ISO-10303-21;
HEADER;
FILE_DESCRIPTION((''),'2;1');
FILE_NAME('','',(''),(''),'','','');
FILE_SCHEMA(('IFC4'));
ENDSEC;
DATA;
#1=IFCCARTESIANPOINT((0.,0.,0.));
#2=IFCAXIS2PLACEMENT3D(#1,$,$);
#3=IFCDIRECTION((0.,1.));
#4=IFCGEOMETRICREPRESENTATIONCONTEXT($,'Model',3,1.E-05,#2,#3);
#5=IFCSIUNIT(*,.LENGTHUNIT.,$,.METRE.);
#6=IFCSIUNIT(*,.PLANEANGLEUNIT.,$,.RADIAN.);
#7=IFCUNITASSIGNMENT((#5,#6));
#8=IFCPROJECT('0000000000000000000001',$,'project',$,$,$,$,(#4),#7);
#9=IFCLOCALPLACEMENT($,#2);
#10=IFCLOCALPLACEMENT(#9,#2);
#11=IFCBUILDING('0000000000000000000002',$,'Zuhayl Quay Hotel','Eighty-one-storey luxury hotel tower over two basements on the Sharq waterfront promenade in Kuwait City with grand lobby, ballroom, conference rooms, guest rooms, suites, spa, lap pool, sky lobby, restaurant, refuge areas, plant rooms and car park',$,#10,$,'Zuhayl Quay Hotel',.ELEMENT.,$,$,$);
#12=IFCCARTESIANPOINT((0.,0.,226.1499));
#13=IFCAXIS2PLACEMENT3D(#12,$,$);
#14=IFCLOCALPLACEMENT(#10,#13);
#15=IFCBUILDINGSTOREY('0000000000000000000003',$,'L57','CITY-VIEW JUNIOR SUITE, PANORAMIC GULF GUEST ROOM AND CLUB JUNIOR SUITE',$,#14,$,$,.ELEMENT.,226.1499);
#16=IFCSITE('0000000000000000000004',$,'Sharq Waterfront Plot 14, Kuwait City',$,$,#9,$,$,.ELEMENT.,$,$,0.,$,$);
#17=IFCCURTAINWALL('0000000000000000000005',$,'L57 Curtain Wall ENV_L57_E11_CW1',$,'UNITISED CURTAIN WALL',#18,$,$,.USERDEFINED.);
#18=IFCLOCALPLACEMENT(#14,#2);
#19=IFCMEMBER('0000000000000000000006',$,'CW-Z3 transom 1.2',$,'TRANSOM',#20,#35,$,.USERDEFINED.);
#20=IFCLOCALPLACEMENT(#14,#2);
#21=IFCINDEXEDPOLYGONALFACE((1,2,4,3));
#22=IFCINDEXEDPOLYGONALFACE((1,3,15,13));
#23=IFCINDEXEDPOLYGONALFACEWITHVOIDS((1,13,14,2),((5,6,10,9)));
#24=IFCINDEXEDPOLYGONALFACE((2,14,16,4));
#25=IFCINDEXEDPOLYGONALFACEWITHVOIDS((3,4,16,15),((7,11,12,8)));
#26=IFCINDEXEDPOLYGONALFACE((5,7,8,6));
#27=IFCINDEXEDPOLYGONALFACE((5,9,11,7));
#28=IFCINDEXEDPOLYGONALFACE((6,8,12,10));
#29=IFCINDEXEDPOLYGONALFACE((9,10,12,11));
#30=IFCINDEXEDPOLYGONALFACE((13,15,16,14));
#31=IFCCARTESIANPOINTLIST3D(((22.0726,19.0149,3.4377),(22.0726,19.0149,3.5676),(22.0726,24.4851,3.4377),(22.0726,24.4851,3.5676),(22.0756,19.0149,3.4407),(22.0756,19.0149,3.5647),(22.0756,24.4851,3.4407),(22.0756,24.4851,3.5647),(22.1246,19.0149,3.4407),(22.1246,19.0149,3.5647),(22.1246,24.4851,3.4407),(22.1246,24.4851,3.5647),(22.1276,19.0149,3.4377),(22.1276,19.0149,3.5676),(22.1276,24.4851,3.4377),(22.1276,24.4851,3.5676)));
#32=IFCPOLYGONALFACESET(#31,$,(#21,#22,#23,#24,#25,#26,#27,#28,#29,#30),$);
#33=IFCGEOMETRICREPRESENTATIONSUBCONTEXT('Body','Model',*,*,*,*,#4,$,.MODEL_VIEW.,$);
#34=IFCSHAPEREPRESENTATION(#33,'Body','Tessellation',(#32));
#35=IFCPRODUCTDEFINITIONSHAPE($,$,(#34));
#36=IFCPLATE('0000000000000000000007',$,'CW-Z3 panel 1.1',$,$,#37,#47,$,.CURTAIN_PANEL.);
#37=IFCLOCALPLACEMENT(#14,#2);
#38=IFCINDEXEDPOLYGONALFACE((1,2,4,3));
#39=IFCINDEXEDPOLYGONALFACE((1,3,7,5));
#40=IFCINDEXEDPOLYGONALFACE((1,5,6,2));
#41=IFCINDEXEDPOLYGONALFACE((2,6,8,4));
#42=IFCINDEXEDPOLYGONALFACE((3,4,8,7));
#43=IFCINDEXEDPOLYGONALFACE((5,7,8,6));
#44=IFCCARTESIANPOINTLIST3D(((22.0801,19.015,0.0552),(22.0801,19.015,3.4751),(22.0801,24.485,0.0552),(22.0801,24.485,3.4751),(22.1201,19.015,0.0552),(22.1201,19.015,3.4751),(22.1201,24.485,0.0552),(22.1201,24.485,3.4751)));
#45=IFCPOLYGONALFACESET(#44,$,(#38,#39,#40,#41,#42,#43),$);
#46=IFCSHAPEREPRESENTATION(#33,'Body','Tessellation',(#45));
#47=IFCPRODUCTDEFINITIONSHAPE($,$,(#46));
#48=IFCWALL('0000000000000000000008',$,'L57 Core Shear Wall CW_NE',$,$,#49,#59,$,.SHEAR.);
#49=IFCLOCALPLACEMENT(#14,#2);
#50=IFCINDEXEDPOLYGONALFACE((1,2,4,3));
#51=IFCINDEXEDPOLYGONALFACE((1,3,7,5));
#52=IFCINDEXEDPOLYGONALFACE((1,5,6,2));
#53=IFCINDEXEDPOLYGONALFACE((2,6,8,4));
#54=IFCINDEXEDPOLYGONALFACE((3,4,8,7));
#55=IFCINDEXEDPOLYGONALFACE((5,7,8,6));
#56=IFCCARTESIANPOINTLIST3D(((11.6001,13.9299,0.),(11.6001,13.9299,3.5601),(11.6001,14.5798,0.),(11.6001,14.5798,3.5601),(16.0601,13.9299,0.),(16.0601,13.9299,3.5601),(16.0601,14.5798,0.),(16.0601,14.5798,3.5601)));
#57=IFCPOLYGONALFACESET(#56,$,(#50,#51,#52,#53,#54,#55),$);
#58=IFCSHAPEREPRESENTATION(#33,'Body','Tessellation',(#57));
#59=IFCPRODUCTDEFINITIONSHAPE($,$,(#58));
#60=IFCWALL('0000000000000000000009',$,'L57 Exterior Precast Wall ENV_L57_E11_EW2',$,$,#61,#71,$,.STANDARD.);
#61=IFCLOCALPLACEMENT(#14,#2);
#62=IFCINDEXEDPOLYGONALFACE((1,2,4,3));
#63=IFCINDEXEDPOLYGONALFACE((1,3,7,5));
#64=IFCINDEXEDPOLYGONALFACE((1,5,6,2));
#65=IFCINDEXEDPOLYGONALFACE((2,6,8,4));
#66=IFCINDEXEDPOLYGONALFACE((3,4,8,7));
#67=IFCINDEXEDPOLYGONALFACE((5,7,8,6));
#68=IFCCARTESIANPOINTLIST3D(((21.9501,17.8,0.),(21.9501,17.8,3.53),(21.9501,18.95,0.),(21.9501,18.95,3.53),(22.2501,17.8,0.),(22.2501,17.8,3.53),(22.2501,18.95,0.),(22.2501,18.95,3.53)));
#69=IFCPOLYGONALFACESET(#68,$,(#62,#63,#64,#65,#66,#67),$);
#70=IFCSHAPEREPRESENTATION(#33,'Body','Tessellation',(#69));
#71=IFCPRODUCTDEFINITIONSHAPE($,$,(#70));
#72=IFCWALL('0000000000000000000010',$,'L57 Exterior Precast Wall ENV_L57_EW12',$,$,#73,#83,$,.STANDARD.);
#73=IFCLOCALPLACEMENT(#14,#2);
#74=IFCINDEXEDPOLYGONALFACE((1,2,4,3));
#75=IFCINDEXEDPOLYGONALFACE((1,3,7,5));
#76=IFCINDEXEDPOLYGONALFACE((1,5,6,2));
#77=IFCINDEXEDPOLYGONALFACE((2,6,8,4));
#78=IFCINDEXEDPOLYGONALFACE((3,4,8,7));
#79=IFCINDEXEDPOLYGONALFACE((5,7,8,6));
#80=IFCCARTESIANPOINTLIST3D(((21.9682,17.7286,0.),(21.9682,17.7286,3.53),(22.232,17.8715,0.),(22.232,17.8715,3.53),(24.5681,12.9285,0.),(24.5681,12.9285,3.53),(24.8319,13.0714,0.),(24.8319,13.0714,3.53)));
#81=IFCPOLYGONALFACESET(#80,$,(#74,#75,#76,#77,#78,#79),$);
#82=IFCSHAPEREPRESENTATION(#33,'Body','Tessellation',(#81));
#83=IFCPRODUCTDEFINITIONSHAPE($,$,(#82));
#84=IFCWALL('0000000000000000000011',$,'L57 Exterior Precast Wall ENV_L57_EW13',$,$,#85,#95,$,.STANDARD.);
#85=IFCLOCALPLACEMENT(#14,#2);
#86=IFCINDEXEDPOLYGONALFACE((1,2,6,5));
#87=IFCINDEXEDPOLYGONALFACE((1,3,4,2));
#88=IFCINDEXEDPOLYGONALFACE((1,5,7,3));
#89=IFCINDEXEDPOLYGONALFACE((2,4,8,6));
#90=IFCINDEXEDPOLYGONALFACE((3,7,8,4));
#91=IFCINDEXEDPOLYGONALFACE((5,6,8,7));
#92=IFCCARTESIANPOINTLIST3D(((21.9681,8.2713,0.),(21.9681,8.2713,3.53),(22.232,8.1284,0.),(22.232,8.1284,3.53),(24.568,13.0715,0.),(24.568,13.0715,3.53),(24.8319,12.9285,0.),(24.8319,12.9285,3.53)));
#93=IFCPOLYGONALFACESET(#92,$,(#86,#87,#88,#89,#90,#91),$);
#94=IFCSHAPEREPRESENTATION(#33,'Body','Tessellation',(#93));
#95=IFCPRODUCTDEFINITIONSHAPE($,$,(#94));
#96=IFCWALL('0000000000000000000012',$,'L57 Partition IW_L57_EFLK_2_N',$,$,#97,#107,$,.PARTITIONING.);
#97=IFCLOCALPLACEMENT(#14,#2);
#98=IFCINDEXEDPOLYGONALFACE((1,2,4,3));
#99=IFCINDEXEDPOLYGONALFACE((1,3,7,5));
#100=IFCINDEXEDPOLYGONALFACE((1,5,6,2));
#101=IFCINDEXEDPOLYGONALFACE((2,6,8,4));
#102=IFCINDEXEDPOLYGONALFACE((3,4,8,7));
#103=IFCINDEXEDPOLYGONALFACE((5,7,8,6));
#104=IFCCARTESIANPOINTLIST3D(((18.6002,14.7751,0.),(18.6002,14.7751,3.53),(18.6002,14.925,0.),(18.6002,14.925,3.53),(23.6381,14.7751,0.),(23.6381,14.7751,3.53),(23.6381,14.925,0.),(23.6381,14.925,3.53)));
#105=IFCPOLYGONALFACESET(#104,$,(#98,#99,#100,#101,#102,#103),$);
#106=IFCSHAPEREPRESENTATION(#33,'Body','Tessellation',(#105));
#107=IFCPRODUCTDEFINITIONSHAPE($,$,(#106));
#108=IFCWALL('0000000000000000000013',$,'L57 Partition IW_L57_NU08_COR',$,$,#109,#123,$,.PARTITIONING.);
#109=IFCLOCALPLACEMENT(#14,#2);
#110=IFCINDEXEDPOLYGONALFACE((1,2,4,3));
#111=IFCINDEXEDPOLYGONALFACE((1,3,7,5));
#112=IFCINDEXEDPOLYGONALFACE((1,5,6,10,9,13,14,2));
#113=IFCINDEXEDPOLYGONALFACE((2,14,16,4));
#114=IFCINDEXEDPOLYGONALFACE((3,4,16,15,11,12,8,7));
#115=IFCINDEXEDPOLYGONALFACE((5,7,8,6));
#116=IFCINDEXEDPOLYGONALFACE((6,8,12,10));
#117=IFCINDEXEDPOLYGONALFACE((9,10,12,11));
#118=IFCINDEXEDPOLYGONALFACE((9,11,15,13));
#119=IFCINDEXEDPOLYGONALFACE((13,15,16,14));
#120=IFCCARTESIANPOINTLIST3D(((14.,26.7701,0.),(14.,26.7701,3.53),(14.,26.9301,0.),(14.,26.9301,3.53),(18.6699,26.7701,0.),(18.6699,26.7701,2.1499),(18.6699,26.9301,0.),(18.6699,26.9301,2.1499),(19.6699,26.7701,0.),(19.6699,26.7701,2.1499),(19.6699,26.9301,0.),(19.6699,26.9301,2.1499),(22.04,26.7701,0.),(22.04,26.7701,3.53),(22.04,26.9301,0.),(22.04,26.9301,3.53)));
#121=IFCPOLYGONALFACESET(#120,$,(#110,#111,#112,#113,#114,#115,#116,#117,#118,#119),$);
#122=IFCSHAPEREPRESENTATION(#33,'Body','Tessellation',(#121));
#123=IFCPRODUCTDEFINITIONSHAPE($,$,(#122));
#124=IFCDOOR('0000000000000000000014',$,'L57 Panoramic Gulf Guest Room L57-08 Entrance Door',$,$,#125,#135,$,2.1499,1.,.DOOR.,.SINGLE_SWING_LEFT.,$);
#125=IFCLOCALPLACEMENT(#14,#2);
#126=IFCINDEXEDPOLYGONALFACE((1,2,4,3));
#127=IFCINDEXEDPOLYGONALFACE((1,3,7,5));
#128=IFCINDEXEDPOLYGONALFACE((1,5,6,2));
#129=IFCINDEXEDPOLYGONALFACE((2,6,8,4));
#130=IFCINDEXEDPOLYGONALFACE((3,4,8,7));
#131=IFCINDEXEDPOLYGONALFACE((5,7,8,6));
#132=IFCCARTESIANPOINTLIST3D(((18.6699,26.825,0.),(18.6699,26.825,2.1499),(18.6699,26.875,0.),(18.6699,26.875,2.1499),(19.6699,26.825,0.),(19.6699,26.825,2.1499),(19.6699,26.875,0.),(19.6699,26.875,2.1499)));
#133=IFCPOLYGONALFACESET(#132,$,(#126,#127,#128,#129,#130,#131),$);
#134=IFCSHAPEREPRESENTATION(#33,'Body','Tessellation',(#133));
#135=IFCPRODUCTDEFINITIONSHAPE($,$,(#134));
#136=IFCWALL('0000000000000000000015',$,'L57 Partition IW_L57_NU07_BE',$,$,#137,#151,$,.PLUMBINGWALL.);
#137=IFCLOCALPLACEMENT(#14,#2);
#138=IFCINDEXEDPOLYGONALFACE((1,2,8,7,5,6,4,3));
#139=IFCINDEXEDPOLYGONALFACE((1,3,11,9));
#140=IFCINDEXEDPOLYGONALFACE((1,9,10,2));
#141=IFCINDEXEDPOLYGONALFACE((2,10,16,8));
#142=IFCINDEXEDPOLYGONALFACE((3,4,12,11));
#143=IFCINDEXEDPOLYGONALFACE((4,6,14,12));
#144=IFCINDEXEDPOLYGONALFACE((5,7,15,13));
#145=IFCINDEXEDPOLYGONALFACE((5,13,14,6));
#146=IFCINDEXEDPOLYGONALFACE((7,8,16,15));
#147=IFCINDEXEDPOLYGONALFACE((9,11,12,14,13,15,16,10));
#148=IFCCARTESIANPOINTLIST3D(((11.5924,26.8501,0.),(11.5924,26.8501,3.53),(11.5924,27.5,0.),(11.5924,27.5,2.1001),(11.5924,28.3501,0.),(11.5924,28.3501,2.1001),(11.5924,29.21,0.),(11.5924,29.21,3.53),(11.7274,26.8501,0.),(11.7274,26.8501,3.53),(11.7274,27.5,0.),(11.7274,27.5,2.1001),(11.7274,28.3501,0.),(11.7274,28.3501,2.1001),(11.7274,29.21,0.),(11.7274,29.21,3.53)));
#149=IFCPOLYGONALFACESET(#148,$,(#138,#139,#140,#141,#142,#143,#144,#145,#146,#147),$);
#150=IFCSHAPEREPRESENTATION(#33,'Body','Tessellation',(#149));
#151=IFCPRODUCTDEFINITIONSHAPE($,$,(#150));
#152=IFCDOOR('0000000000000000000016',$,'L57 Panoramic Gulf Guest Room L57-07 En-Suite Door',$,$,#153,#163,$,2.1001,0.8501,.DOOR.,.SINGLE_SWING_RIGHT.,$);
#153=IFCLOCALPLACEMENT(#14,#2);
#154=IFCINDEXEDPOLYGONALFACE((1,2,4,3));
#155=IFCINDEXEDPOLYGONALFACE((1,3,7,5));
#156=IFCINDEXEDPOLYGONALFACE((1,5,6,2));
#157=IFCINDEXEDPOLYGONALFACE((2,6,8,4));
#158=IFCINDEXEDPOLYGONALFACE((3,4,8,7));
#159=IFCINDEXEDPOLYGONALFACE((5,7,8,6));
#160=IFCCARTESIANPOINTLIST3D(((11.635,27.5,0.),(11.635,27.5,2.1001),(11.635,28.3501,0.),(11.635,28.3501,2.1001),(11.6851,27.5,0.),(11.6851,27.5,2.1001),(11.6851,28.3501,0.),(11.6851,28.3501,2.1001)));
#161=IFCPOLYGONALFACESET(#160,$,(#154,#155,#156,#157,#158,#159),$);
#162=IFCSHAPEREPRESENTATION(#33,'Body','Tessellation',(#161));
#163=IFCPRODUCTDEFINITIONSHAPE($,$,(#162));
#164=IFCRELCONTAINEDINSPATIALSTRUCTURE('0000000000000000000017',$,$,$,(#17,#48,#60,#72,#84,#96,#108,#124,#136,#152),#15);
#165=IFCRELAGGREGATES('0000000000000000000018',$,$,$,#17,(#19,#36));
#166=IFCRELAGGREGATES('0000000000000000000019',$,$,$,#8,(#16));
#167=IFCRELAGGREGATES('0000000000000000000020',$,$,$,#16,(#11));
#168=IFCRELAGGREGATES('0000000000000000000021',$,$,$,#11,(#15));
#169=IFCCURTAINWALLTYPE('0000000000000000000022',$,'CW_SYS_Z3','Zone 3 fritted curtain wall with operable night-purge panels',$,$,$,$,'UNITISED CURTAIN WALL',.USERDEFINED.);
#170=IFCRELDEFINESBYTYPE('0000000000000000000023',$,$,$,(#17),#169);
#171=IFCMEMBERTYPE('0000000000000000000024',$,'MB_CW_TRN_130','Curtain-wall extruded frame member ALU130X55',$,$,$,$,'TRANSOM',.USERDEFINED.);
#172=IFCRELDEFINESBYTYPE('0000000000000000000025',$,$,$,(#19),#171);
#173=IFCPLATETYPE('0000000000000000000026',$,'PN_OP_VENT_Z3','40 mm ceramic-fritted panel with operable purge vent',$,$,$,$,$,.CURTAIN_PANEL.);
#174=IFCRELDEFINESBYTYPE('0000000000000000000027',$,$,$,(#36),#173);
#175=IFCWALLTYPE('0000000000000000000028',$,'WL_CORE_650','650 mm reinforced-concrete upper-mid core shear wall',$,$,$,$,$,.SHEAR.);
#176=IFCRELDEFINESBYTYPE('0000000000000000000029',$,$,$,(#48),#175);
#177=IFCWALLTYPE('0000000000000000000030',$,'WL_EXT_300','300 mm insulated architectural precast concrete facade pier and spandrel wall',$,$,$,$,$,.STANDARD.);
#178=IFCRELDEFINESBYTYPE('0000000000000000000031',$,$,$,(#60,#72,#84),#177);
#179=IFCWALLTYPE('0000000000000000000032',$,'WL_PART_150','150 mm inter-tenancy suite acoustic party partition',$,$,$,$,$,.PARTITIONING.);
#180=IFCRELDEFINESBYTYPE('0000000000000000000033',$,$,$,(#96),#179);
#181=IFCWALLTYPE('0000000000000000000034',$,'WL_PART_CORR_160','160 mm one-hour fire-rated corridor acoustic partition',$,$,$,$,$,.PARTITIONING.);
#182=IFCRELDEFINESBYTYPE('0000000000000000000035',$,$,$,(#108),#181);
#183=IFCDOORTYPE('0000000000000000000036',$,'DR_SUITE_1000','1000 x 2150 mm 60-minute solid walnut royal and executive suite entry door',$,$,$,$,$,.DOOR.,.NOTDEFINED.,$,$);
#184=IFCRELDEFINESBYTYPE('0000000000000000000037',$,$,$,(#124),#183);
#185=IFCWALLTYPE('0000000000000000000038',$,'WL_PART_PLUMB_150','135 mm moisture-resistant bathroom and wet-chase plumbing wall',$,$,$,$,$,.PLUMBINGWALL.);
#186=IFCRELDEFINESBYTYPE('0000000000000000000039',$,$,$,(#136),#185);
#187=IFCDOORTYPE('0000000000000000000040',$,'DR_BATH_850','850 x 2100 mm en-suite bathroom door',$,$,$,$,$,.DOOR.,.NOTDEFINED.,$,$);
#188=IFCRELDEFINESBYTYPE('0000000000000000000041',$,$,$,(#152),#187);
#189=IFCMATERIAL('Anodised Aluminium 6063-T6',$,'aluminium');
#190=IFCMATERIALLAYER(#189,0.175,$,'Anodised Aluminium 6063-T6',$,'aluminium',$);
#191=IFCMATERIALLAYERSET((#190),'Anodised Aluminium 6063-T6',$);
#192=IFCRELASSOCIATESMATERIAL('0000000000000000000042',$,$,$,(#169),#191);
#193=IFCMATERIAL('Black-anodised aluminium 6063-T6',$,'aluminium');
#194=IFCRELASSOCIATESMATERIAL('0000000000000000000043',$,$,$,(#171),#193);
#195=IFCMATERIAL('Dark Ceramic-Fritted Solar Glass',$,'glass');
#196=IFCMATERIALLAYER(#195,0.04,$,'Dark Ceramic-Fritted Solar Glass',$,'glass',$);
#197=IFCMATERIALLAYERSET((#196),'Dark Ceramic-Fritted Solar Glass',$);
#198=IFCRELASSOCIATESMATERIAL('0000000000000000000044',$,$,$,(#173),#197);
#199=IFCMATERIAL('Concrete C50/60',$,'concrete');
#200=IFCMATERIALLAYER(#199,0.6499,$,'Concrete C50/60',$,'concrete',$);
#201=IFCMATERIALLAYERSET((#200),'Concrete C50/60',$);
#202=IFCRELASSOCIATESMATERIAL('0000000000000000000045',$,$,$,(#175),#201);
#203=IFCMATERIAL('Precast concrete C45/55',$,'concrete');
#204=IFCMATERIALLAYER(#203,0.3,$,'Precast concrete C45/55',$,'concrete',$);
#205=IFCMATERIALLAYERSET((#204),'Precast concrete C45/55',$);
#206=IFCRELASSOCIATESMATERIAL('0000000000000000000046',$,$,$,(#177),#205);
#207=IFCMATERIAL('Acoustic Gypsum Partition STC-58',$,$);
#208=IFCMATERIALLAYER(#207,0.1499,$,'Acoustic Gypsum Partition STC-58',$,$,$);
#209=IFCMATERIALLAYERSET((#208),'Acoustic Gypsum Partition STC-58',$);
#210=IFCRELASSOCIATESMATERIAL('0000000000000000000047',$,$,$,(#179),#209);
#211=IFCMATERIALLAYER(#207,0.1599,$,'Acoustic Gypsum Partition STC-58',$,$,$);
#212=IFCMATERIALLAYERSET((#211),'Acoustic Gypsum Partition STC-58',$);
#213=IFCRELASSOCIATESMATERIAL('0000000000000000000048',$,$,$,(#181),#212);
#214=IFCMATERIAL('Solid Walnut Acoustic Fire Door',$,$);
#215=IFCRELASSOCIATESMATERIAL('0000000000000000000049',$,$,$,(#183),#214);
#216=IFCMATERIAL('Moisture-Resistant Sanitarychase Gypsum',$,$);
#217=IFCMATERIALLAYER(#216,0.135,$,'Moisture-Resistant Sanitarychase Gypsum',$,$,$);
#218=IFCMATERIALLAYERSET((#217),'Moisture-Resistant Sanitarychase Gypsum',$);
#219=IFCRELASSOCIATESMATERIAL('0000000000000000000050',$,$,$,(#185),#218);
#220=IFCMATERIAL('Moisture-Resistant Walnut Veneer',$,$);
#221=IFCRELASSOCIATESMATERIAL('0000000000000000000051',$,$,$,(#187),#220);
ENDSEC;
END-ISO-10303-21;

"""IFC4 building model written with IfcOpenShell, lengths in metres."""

from ifc_helpers import new_model, si_unit, direction, frame, frame_2d, origin, origin_2d, place, context, subcontext, project, spatial, rectangle, hollow_rectangle, extrude, material, layer, layer_set, material_profile, profile_set, type_object, element, fill, aggregate, save


model = new_model("IFC4")

# Units and contexts
model_context = context("Model", 3, precision=1e-05, world=origin(), true_north=direction((0.0, 1.0)))
body_context = subcontext(model_context, "Body", "Model", "MODEL_VIEW")
ifc_project = project(units=[si_unit("LENGTHUNIT", "METRE"), si_unit("PLANEANGLEUNIT", "RADIAN")], contexts=[model_context])

# Site, building, storey
site_placement = place(None, origin())
site = spatial("IfcSite", under=ifc_project, at=site_placement, Name="Sharq Waterfront Plot 14, Kuwait City", CompositionType="ELEMENT", RefElevation=0.0)
building_placement = place(site_placement, origin())
building = spatial("IfcBuilding", under=site, at=building_placement, Name="Zuhayl Quay Hotel", Description="Eighty-one-storey luxury hotel tower over two basements on the Sharq waterfront promenade in Kuwait City with grand lobby, ballroom, conference rooms, guest rooms, suites, spa, lap pool, sky lobby, restaurant, refuge areas, plant rooms and car park", LongName="Zuhayl Quay Hotel", CompositionType="ELEMENT")
storey_placement = place(building_placement, frame((0.0, 0.0, 226.1499)))
storey = spatial("IfcBuildingStorey", under=building, at=storey_placement, Name="L57", Description="CITY-VIEW JUNIOR SUITE, PANORAMIC GULF GUEST ROOM AND CLUB JUNIOR SUITE", CompositionType="ELEMENT", Elevation=226.1499)

# Curtain wall, member, plate
ifc_material_1 = material(Name="Anodised Aluminium 6063-T6", Category="aluminium")
ifc_layer_1 = layer(ifc_material_1, 0.175, Name="Anodised Aluminium 6063-T6", Category="aluminium")
ifc_layer_set_1 = layer_set([ifc_layer_1], Name="Anodised Aluminium 6063-T6")
curtain_wall_type = type_object("IfcCurtainWallType", Name="CW_SYS_Z3", Description="Zone 3 fritted curtain wall with operable night-purge panels", ElementType="UNITISED CURTAIN WALL", PredefinedType="USERDEFINED", material=ifc_layer_set_1)
curtain_wall_placement = place(storey_placement, origin())
curtain_wall = element("IfcCurtainWall", 1, at=curtain_wall_placement, inside=storey, type_object=curtain_wall_type, Name="L57 Curtain Wall ENV_L57_E11_CW1", ObjectType="UNITISED CURTAIN WALL", PredefinedType="USERDEFINED")
ifc_material_2 = material(Name="Black-anodised aluminium 6063-T6", Category="aluminium")
ifc_material_profile_1 = material_profile(ifc_material_2, hollow_rectangle(XDim=0.0549, YDim=0.1299, WallThickness=0.0029, at=origin_2d()), Name="ALU130X55")
ifc_profile_set_1 = profile_set([ifc_material_profile_1], Name="Black-anodised aluminium 6063-T6")
member_type_1 = type_object("IfcMemberType", Name="MB_CW_TRN_130", Description="Curtain-wall extruded frame member ALU130X55", ElementType="TRANSOM", PredefinedType="USERDEFINED", material=ifc_profile_set_1)
member_1_placement = place(storey_placement, frame((22.1001, 24.4851, 3.5027), z_axis=(0.0, -1.0, 0.0), x_axis=(1.0, 0.0, 0.0)))
member_1 = element("IfcMember", 2, at=member_1_placement, type_object=member_type_1, Name="CW-Z3 transom 1.2", ObjectType="TRANSOM", PredefinedType="USERDEFINED", context=body_context, shape_type="SweptSolid", body=[
    extrude(hollow_rectangle(XDim=0.0549, YDim=0.1299, WallThickness=0.0029, at=origin_2d()), origin(), (0.0, 0.0, 1.0), 5.4702),
])
ifc_material_3 = material(Name="Dark Ceramic-Fritted Solar Glass", Category="glass")
ifc_layer_2 = layer(ifc_material_3, 0.04, Name="Dark Ceramic-Fritted Solar Glass", Category="glass")
ifc_layer_set_2 = layer_set([ifc_layer_2], Name="Dark Ceramic-Fritted Solar Glass")
plate_type = type_object("IfcPlateType", Name="PN_OP_VENT_Z3", Description="40 mm ceramic-fritted panel with operable purge vent", PredefinedType="CURTAIN_PANEL", material=ifc_layer_set_2)
plate_placement = place(storey_placement, frame((22.1001, 21.75, 0.0552), z_axis=(0.0, 0.0, 1.0), x_axis=(0.0, -1.0, 0.0)))
plate = element("IfcPlate", 3, at=plate_placement, type_object=plate_type, Name="CW-Z3 panel 1.1", PredefinedType="CURTAIN_PANEL", context=body_context, shape_type="SweptSolid", body=[
    extrude(rectangle(XDim=5.47, YDim=0.04, at=origin_2d()), origin(), (0.0, 0.0, 1.0), 3.4199),
])
aggregate(curtain_wall, [member_1, plate])

# Walls
ifc_material_4 = material(Name="Concrete C50/60", Category="concrete")
ifc_layer_3 = layer(ifc_material_4, 0.6499, Name="Concrete C50/60", Category="concrete")
ifc_layer_set_3 = layer_set([ifc_layer_3], Name="Concrete C50/60")
wall_type_1 = type_object("IfcWallType", Name="WL_CORE_650", Description="650 mm reinforced-concrete upper-mid core shear wall", PredefinedType="SHEAR", material=ifc_layer_set_3)
wall_1_placement = place(storey_placement, frame((11.6001, 14.2549, 0.0), z_axis=(0.0, 0.0, 1.0), x_axis=(1.0, 0.0, 0.0)))
element("IfcWall", 4, at=wall_1_placement, inside=storey, type_object=wall_type_1, Name="L57 Core Shear Wall CW_NE", PredefinedType="SHEAR", context=body_context, shape_type="SweptSolid", body=[
    extrude(rectangle(XDim=4.46, YDim=0.6499, at=frame_2d((2.23, 0.0))), origin(), (0.0, 0.0, 1.0), 3.5601),
])
ifc_material_5 = material(Name="Precast concrete C45/55", Category="concrete")
ifc_layer_4 = layer(ifc_material_5, 0.3, Name="Precast concrete C45/55", Category="concrete")
ifc_layer_set_4 = layer_set([ifc_layer_4], Name="Precast concrete C45/55")
wall_type_2 = type_object("IfcWallType", Name="WL_EXT_300", Description="300 mm insulated architectural precast concrete facade pier and spandrel wall", PredefinedType="STANDARD", material=ifc_layer_set_4)
wall_2_placement = place(storey_placement, frame((22.1001, 18.95, 0.0), z_axis=(0.0, 0.0, 1.0), x_axis=(0.0, -1.0, 0.0)))
element("IfcWall", 5, at=wall_2_placement, inside=storey, type_object=wall_type_2, Name="L57 Exterior Precast Wall ENV_L57_E11_EW2", PredefinedType="STANDARD", context=body_context, shape_type="SweptSolid", body=[
    extrude(rectangle(XDim=1.1499, YDim=0.3, at=frame_2d((0.575, 0.0))), origin(), (0.0, 0.0, 1.0), 3.53),
])
for number, where, z_axis, x_axis, name in (
    (6, (22.1001, 17.8, 0.0), (0.0, 0.0, 1.0), (0.476259, -0.879305, 0.0), "L57 Exterior Precast Wall ENV_L57_EW12"),
    (7, (24.7, 13.0, 0.0), (0.0, 0.0, 1.0), (-0.476259, -0.879305, 0.0), "L57 Exterior Precast Wall ENV_L57_EW13"),
):
    element("IfcWall", number, at=place(storey_placement, frame(where, z_axis=z_axis, x_axis=x_axis)), inside=storey, type_object=wall_type_2, Name=name, PredefinedType="STANDARD", context=body_context, shape_type="SweptSolid", body=[
        extrude(rectangle(XDim=5.459, YDim=0.3, at=frame_2d((2.7295, 0.0))), origin(), (0.0, 0.0, 1.0), 3.53),
    ])
ifc_material_6 = material(Name="Acoustic Gypsum Partition STC-58")
ifc_layer_5 = layer(ifc_material_6, 0.1499, Name="Acoustic Gypsum Partition STC-58")
ifc_layer_set_5 = layer_set([ifc_layer_5], Name="Acoustic Gypsum Partition STC-58")
wall_type_3 = type_object("IfcWallType", Name="WL_PART_150", Description="150 mm inter-tenancy suite acoustic party partition", PredefinedType="PARTITIONING", material=ifc_layer_set_5)
wall_3_placement = place(storey_placement, frame((18.6001, 14.8501, 0.0), z_axis=(0.0, 0.0, 1.0), x_axis=(1.0, 0.0, 0.0)))
element("IfcWall", 8, at=wall_3_placement, inside=storey, type_object=wall_type_3, Name="L57 Partition IW_L57_EFLK_2_N", PredefinedType="PARTITIONING", context=body_context, shape_type="SweptSolid", body=[
    extrude(rectangle(XDim=5.0378, YDim=0.1499, at=frame_2d((2.519, 0.0))), origin(), (0.0, 0.0, 1.0), 3.53),
])

# Walls, openings, doors
ifc_layer_6 = layer(ifc_material_6, 0.1599, Name="Acoustic Gypsum Partition STC-58")
ifc_layer_set_6 = layer_set([ifc_layer_6], Name="Acoustic Gypsum Partition STC-58")
wall_type_4 = type_object("IfcWallType", Name="WL_PART_CORR_160", Description="160 mm one-hour fire-rated corridor acoustic partition", PredefinedType="PARTITIONING", material=ifc_layer_set_6)
wall_4_placement = place(storey_placement, frame((14.0, 26.8501, 0.0), z_axis=(0.0, 0.0, 1.0), x_axis=(1.0, 0.0, 0.0)))
wall_4 = element("IfcWall", 9, at=wall_4_placement, inside=storey, type_object=wall_type_4, Name="L57 Partition IW_L57_NU08_COR", PredefinedType="PARTITIONING", context=body_context, shape_type="SweptSolid", body=[
    extrude(rectangle(XDim=8.04, YDim=0.1599, at=frame_2d((4.02, 0.0))), origin(), (0.0, 0.0, 1.0), 3.53),
])
opening_1_placement = place(wall_4_placement, frame((4.6699, 0.0, 0.0)))
opening_1 = element("IfcOpeningElement", 10, at=opening_1_placement, cuts=wall_4, PredefinedType="OPENING", context=body_context, shape_type="SweptSolid", body=[
    extrude(rectangle(XDim=1.0, YDim=2.1499, at=frame_2d((0.5, 1.075))), frame((0.0, 0.0898, 0.0), z_axis=(0.0, -1.0, 0.0), x_axis=(1.0, 0.0, 0.0)), (0.0, 0.0, 1.0), 0.1799),
])
ifc_material_7 = material(Name="Solid Walnut Acoustic Fire Door")
door_type_1 = type_object("IfcDoorType", Name="DR_SUITE_1000", Description="1000 x 2150 mm 60-minute solid walnut royal and executive suite entry door", OperationType="NOTDEFINED", PredefinedType="DOOR", material=ifc_material_7)
door_1_placement = place(opening_1_placement, origin())
door_1 = element("IfcDoor", 11, at=door_1_placement, inside=storey, type_object=door_type_1, Name="L57 Panoramic Gulf Guest Room L57-08 Entrance Door", OperationType="SINGLE_SWING_LEFT", OverallHeight=2.1499, OverallWidth=1.0, PredefinedType="DOOR", context=body_context, shape_type="SweptSolid", body=[
    extrude(rectangle(XDim=1.0, YDim=2.1499, at=frame_2d((0.5, 1.075))), frame((0.0, 0.0249, 0.0), z_axis=(0.0, -1.0, 0.0), x_axis=(1.0, 0.0, 0.0)), (0.0, 0.0, 1.0), 0.05),
])
fill(opening_1, door_1)
ifc_material_8 = material(Name="Moisture-Resistant Sanitarychase Gypsum")
ifc_layer_7 = layer(ifc_material_8, 0.135, Name="Moisture-Resistant Sanitarychase Gypsum")
ifc_layer_set_7 = layer_set([ifc_layer_7], Name="Moisture-Resistant Sanitarychase Gypsum")
wall_type_5 = type_object("IfcWallType", Name="WL_PART_PLUMB_150", Description="135 mm moisture-resistant bathroom and wet-chase plumbing wall", PredefinedType="PLUMBINGWALL", material=ifc_layer_set_7)
wall_5_placement = place(storey_placement, frame((11.6599, 26.8501, 0.0), z_axis=(0.0, 0.0, 1.0), x_axis=(0.0, 1.0, 0.0)))
wall_5 = element("IfcWall", 12, at=wall_5_placement, inside=storey, type_object=wall_type_5, Name="L57 Partition IW_L57_NU07_BE", PredefinedType="PLUMBINGWALL", context=body_context, shape_type="SweptSolid", body=[
    extrude(rectangle(XDim=2.3599, YDim=0.135, at=frame_2d((1.1799, 0.0))), origin(), (0.0, 0.0, 1.0), 3.53),
])
opening_2_placement = place(wall_5_placement, frame((0.6499, 0.0, 0.0)))
opening_2 = element("IfcOpeningElement", 13, at=opening_2_placement, cuts=wall_5, PredefinedType="OPENING", context=body_context, shape_type="SweptSolid", body=[
    extrude(rectangle(XDim=0.8501, YDim=2.1001, at=frame_2d((0.425, 1.05))), frame((0.0, 0.0774, 0.0), z_axis=(0.0, -1.0, 0.0), x_axis=(1.0, 0.0, 0.0)), (0.0, 0.0, 1.0), 0.155),
])
ifc_material_9 = material(Name="Moisture-Resistant Walnut Veneer")
door_type_2 = type_object("IfcDoorType", Name="DR_BATH_850", Description="850 x 2100 mm en-suite bathroom door", OperationType="NOTDEFINED", PredefinedType="DOOR", material=ifc_material_9)
door_2_placement = place(opening_2_placement, origin())
door_2 = element("IfcDoor", 14, at=door_2_placement, inside=storey, type_object=door_type_2, Name="L57 Panoramic Gulf Guest Room L57-07 En-Suite Door", OperationType="SINGLE_SWING_RIGHT", OverallHeight=2.1001, OverallWidth=0.8501, PredefinedType="DOOR", context=body_context, shape_type="SweptSolid", body=[
    extrude(rectangle(XDim=0.8501, YDim=2.1001, at=frame_2d((0.425, 1.05))), frame((0.0, 0.0249, 0.0), z_axis=(0.0, -1.0, 0.0), x_axis=(1.0, 0.0, 0.0)), (0.0, 0.0, 1.0), 0.05),
])
fill(opening_2, door_2)

save(model, "model.ifc")
